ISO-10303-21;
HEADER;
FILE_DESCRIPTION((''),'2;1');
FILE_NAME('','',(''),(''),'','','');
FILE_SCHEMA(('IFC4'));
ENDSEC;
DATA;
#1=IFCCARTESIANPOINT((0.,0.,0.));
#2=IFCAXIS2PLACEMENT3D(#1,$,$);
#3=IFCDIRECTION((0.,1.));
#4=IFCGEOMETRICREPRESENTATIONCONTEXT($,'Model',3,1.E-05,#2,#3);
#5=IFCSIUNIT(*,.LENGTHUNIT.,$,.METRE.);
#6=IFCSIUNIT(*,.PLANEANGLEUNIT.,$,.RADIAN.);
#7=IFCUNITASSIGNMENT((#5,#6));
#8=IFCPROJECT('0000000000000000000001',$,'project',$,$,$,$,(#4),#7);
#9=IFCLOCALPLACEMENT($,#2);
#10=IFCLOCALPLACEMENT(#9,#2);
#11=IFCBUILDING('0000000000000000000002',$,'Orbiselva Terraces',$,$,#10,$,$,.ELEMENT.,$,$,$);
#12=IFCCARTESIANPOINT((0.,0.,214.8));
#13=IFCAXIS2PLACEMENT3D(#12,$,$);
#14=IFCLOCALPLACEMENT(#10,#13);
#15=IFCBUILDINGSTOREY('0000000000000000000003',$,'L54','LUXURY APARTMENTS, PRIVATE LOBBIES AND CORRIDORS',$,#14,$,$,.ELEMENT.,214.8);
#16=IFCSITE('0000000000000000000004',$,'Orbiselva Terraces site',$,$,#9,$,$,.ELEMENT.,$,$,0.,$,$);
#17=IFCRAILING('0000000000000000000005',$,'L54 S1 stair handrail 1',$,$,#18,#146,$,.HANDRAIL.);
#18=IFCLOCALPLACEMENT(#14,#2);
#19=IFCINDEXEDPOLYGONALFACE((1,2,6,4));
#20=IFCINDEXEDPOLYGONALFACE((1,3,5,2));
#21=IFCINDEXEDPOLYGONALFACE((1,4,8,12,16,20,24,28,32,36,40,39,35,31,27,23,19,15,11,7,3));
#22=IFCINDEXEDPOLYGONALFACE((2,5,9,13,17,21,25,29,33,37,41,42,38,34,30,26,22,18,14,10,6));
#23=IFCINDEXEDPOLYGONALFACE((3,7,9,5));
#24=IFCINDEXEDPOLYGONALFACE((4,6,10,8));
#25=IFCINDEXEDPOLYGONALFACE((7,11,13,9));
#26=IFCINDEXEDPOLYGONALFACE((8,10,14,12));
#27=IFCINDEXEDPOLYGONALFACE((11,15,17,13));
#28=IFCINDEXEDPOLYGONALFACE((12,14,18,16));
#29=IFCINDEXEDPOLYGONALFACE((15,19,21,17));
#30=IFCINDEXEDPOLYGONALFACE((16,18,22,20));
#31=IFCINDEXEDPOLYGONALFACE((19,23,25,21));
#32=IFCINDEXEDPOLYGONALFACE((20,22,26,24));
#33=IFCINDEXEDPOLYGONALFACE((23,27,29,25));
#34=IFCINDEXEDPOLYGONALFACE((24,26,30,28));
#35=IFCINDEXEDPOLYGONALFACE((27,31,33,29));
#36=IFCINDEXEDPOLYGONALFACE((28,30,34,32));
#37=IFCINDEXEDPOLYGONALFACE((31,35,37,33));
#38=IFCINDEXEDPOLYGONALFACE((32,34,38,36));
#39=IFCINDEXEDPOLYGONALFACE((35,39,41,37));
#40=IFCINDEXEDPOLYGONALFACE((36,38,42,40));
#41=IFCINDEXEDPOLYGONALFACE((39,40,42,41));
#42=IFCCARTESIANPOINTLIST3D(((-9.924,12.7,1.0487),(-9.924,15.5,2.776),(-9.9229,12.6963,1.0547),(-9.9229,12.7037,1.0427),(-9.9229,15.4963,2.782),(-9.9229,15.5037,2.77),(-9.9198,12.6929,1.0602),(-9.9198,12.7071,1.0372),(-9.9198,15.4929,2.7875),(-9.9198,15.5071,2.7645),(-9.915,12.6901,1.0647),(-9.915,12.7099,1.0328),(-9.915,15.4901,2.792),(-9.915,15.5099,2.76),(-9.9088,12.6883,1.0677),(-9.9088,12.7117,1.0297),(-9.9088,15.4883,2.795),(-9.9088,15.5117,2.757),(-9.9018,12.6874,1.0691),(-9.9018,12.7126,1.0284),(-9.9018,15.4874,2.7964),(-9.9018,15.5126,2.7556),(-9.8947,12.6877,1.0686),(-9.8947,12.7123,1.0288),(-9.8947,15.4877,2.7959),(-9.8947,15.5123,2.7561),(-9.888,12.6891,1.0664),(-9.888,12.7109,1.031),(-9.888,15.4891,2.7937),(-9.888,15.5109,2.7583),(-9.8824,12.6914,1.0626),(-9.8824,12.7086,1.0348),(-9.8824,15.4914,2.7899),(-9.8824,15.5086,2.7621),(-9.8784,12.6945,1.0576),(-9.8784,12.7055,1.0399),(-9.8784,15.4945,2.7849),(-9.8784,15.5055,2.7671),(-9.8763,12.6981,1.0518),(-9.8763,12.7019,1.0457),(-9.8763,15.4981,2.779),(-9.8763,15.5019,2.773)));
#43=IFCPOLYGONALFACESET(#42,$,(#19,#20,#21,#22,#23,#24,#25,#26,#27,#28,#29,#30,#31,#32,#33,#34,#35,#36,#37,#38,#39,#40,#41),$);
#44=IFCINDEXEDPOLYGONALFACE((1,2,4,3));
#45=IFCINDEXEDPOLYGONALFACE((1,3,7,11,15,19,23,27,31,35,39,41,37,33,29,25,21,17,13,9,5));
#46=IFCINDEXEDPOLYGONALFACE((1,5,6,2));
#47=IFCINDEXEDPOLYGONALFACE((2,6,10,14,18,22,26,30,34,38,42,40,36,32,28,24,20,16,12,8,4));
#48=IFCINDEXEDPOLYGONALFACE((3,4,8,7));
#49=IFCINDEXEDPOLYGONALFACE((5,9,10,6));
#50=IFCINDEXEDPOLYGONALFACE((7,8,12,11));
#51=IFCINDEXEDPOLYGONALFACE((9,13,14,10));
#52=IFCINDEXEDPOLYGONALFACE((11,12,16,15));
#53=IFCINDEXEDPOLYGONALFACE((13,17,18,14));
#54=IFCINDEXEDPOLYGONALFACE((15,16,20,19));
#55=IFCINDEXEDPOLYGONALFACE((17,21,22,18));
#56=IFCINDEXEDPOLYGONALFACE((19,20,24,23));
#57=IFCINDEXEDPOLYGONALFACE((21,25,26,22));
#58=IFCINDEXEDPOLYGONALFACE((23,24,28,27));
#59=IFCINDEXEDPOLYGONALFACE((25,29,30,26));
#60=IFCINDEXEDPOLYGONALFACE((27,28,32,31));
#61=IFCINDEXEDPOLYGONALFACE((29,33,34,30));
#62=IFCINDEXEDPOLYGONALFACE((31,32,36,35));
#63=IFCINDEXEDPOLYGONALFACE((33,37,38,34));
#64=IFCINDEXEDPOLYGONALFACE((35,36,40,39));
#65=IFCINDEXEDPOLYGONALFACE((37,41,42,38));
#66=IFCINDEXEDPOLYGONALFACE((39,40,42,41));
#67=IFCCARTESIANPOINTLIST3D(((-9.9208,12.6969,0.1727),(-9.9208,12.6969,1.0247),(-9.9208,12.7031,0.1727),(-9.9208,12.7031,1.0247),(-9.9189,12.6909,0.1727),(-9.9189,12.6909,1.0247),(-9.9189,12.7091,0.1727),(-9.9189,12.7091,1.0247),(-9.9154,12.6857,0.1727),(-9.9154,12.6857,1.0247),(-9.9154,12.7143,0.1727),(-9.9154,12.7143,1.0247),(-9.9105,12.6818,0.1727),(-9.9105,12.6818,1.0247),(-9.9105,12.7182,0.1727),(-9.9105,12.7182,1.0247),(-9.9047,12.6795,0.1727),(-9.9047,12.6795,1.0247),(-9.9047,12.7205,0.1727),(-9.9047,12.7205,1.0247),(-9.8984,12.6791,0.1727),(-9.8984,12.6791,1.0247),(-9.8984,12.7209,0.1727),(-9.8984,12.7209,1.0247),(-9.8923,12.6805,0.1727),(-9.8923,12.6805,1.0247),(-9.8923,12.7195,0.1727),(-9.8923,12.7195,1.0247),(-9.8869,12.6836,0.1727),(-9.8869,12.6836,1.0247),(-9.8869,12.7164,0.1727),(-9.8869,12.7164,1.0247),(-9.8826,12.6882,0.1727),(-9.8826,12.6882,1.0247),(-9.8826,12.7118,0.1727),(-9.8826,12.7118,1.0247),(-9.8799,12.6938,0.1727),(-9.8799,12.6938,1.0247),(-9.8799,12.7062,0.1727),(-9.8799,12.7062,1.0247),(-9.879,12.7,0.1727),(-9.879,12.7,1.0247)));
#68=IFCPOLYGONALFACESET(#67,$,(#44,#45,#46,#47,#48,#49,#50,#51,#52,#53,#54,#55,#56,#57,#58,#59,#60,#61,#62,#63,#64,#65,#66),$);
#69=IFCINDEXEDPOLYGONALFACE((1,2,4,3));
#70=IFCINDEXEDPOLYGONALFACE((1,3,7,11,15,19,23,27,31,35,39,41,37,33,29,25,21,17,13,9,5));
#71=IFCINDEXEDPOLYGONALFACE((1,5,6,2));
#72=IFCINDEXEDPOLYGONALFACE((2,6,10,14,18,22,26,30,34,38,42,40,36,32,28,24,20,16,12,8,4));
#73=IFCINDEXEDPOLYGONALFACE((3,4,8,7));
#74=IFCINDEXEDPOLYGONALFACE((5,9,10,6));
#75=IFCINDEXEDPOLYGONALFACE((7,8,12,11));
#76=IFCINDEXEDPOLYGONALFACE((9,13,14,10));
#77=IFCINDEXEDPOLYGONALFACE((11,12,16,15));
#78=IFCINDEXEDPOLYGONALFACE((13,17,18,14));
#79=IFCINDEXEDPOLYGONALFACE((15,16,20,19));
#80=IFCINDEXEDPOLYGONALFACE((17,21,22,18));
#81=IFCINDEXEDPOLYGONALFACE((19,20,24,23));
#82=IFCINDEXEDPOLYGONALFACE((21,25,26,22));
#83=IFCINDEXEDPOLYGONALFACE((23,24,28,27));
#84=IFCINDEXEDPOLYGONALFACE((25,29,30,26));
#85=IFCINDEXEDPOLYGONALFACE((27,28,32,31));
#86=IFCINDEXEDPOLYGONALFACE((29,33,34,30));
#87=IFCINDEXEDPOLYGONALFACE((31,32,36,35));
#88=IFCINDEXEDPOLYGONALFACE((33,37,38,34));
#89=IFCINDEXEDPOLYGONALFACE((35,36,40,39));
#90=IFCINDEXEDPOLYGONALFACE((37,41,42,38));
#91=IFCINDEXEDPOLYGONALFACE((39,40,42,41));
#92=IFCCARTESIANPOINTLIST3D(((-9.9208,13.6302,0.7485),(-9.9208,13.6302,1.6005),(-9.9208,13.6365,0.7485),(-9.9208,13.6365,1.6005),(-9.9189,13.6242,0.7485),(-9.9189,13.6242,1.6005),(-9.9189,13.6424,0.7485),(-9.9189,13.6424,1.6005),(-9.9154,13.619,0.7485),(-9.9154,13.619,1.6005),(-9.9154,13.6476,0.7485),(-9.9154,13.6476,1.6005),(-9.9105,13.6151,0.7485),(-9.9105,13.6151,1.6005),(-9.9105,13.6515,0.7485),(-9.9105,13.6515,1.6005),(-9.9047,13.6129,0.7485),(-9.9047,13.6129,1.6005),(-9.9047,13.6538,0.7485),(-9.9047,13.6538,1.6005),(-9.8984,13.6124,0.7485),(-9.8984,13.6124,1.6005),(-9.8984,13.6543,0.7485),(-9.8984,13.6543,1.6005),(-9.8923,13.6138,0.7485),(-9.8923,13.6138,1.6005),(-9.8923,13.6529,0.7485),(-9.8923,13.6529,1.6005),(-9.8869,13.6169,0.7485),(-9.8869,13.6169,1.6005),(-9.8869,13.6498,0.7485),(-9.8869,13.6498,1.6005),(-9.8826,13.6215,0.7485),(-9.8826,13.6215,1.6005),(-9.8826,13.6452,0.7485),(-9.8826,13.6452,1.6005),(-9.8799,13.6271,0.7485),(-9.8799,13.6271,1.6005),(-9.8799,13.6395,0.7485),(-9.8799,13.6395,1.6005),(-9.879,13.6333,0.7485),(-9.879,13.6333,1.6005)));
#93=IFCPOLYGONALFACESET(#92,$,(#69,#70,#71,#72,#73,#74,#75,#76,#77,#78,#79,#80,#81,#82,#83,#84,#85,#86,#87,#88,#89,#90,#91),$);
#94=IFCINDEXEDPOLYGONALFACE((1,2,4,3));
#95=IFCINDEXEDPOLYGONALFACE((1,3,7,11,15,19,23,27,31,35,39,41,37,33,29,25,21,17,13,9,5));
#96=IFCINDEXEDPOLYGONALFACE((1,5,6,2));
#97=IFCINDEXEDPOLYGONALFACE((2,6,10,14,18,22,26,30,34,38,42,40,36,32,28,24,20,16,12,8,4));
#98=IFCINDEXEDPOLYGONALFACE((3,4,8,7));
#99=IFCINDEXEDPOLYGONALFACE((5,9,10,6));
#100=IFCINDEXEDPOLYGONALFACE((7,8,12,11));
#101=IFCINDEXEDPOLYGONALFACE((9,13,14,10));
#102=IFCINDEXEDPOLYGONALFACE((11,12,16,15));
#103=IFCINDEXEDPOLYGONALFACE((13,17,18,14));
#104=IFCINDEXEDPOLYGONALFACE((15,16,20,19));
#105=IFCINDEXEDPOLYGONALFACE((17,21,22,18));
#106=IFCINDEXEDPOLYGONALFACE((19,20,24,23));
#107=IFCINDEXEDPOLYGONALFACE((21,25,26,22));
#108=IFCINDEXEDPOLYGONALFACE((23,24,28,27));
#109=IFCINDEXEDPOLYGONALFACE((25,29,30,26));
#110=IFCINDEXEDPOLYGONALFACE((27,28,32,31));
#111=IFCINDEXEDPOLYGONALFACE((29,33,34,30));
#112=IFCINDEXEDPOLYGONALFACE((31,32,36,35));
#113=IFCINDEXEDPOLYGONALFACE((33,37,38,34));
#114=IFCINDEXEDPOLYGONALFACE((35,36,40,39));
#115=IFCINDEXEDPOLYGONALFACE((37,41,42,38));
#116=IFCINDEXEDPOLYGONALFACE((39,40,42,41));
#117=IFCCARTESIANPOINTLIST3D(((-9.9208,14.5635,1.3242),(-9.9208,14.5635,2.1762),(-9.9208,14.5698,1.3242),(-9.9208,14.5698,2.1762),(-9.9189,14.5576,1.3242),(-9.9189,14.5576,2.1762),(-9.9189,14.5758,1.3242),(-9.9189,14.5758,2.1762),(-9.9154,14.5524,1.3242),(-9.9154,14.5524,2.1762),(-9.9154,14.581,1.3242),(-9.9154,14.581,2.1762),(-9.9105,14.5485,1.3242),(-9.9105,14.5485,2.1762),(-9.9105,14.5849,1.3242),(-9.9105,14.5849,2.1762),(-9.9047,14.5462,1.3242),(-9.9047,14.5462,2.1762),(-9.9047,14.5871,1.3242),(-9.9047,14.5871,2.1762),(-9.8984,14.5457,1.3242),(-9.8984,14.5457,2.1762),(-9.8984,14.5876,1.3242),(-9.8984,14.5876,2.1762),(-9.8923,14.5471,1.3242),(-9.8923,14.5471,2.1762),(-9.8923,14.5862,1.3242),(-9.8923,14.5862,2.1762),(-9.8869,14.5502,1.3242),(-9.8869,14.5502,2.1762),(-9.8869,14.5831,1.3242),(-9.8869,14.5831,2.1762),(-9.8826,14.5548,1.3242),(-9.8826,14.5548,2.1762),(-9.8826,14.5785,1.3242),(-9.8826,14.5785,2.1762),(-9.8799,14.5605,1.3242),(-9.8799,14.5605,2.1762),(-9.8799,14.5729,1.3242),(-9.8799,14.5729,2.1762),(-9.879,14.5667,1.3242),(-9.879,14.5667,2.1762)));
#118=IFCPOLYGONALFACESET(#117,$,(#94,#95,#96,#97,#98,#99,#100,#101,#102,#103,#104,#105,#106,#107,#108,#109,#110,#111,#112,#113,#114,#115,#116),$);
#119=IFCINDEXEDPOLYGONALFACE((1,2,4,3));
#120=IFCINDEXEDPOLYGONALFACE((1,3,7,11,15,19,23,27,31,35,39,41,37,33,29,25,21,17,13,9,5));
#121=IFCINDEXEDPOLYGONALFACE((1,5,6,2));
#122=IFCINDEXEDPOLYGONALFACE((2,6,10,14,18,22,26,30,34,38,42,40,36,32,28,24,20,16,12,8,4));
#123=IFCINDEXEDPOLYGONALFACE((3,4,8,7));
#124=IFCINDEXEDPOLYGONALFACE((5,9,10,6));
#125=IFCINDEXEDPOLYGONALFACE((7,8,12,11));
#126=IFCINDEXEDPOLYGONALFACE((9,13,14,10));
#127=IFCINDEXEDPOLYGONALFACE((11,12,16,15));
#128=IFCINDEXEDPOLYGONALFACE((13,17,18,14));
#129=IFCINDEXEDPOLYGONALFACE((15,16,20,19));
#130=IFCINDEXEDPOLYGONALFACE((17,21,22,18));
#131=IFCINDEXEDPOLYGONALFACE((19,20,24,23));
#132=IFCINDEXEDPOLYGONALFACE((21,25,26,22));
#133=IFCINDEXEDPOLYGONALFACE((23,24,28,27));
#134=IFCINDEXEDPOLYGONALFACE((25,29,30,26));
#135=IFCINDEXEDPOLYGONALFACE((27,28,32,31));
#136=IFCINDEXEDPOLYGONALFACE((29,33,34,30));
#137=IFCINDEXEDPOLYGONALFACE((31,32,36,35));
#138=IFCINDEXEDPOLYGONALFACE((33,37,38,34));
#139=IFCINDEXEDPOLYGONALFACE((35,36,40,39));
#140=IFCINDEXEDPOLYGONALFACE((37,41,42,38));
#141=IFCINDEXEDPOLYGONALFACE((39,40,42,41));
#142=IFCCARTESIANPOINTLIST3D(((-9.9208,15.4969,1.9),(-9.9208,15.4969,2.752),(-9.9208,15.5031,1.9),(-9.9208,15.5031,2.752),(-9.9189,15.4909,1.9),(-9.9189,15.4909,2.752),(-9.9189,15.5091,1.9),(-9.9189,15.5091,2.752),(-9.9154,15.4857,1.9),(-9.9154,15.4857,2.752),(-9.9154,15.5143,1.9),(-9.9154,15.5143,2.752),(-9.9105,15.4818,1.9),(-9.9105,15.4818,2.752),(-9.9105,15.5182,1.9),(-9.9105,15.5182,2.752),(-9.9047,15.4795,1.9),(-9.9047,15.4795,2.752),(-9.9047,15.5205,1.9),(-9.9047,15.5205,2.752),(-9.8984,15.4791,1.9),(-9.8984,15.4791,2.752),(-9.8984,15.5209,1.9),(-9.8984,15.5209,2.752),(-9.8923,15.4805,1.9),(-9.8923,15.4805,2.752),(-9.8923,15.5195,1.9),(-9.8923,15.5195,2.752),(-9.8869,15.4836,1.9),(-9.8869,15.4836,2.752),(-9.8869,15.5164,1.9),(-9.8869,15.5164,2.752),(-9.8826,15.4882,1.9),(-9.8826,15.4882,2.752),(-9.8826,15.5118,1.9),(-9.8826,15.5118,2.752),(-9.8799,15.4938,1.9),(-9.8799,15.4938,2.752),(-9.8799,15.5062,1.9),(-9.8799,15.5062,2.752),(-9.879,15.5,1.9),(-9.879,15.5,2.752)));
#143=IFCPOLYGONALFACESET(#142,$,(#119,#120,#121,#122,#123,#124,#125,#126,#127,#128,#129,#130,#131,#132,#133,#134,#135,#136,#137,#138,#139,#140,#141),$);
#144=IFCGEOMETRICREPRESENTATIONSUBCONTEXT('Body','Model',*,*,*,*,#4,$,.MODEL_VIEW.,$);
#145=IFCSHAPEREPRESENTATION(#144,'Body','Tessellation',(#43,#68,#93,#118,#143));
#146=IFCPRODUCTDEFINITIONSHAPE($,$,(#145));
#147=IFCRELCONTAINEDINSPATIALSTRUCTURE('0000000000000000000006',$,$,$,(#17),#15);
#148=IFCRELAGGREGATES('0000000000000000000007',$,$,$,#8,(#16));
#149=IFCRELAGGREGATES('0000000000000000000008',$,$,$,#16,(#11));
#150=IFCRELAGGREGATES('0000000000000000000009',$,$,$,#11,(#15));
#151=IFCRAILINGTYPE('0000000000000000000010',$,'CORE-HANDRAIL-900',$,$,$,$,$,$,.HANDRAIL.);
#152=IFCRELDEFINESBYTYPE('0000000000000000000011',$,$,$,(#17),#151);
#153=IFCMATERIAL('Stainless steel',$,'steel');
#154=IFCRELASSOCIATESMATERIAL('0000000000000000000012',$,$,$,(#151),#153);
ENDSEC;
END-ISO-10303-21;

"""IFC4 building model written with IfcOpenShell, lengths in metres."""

from ifc_helpers import new_model, si_unit, direction, frame, origin, origin_2d, place, context, subcontext, project, spatial, circle, extrude, material, type_object, element, save


model = new_model("IFC4")

# Units and contexts
model_context = context("Model", 3, precision=1e-05, world=origin(), true_north=direction((0.0, 1.0)))
body_context = subcontext(model_context, "Body", "Model", "MODEL_VIEW")
ifc_project = project(units=[si_unit("LENGTHUNIT", "METRE"), si_unit("PLANEANGLEUNIT", "RADIAN")], contexts=[model_context])

# Site, building, storey
site_placement = place(None, origin())
site = spatial("IfcSite", under=ifc_project, at=site_placement, Name="Orbiselva Terraces site", CompositionType="ELEMENT", RefElevation=0.0)
building_placement = place(site_placement, origin())
building = spatial("IfcBuilding", under=site, at=building_placement, Name="Orbiselva Terraces", CompositionType="ELEMENT")
storey_placement = place(building_placement, frame((0.0, 0.0, 214.8)))
storey = spatial("IfcBuildingStorey", under=building, at=storey_placement, Name="L54", Description="LUXURY APARTMENTS, PRIVATE LOBBIES AND CORRIDORS", CompositionType="ELEMENT", Elevation=214.8)

# Railing
ifc_material_1 = material(Name="Stainless steel", Category="steel")
railing_type_1 = type_object("IfcRailingType", Name="CORE-HANDRAIL-900", PredefinedType="HANDRAIL", material=ifc_material_1)
railing_1_placement = place(storey_placement, frame((-9.9, 12.7, 0.1727)))
element("IfcRailing", 1, at=railing_1_placement, inside=storey, type_object=railing_type_1, Name="L54 S1 stair handrail 1", PredefinedType="HANDRAIL", context=body_context, shape_type="SweptSolid", body=[
    extrude(circle(Radius=0.024, at=origin_2d()), frame((0.0, 0.0, 0.876), z_axis=(0.0, 0.851089, 0.525022), x_axis=(-1.0, 0.0, 0.0)), (0.0, 0.0, 1.0), 3.2899),
    extrude(circle(Radius=0.021, at=origin_2d()), origin(), (0.0, 0.0, 1.0), 0.852),
    extrude(circle(Radius=0.021, at=origin_2d()), frame((0.0, 0.9333, 0.5758)), (0.0, 0.0, 1.0), 0.852),
    extrude(circle(Radius=0.021, at=origin_2d()), frame((0.0, 1.8667, 1.1515)), (0.0, 0.0, 1.0), 0.852),
    extrude(circle(Radius=0.021, at=origin_2d()), frame((0.0, 2.8, 1.7273)), (0.0, 0.0, 1.0), 0.852),
])

save(model, "model.ifc")
